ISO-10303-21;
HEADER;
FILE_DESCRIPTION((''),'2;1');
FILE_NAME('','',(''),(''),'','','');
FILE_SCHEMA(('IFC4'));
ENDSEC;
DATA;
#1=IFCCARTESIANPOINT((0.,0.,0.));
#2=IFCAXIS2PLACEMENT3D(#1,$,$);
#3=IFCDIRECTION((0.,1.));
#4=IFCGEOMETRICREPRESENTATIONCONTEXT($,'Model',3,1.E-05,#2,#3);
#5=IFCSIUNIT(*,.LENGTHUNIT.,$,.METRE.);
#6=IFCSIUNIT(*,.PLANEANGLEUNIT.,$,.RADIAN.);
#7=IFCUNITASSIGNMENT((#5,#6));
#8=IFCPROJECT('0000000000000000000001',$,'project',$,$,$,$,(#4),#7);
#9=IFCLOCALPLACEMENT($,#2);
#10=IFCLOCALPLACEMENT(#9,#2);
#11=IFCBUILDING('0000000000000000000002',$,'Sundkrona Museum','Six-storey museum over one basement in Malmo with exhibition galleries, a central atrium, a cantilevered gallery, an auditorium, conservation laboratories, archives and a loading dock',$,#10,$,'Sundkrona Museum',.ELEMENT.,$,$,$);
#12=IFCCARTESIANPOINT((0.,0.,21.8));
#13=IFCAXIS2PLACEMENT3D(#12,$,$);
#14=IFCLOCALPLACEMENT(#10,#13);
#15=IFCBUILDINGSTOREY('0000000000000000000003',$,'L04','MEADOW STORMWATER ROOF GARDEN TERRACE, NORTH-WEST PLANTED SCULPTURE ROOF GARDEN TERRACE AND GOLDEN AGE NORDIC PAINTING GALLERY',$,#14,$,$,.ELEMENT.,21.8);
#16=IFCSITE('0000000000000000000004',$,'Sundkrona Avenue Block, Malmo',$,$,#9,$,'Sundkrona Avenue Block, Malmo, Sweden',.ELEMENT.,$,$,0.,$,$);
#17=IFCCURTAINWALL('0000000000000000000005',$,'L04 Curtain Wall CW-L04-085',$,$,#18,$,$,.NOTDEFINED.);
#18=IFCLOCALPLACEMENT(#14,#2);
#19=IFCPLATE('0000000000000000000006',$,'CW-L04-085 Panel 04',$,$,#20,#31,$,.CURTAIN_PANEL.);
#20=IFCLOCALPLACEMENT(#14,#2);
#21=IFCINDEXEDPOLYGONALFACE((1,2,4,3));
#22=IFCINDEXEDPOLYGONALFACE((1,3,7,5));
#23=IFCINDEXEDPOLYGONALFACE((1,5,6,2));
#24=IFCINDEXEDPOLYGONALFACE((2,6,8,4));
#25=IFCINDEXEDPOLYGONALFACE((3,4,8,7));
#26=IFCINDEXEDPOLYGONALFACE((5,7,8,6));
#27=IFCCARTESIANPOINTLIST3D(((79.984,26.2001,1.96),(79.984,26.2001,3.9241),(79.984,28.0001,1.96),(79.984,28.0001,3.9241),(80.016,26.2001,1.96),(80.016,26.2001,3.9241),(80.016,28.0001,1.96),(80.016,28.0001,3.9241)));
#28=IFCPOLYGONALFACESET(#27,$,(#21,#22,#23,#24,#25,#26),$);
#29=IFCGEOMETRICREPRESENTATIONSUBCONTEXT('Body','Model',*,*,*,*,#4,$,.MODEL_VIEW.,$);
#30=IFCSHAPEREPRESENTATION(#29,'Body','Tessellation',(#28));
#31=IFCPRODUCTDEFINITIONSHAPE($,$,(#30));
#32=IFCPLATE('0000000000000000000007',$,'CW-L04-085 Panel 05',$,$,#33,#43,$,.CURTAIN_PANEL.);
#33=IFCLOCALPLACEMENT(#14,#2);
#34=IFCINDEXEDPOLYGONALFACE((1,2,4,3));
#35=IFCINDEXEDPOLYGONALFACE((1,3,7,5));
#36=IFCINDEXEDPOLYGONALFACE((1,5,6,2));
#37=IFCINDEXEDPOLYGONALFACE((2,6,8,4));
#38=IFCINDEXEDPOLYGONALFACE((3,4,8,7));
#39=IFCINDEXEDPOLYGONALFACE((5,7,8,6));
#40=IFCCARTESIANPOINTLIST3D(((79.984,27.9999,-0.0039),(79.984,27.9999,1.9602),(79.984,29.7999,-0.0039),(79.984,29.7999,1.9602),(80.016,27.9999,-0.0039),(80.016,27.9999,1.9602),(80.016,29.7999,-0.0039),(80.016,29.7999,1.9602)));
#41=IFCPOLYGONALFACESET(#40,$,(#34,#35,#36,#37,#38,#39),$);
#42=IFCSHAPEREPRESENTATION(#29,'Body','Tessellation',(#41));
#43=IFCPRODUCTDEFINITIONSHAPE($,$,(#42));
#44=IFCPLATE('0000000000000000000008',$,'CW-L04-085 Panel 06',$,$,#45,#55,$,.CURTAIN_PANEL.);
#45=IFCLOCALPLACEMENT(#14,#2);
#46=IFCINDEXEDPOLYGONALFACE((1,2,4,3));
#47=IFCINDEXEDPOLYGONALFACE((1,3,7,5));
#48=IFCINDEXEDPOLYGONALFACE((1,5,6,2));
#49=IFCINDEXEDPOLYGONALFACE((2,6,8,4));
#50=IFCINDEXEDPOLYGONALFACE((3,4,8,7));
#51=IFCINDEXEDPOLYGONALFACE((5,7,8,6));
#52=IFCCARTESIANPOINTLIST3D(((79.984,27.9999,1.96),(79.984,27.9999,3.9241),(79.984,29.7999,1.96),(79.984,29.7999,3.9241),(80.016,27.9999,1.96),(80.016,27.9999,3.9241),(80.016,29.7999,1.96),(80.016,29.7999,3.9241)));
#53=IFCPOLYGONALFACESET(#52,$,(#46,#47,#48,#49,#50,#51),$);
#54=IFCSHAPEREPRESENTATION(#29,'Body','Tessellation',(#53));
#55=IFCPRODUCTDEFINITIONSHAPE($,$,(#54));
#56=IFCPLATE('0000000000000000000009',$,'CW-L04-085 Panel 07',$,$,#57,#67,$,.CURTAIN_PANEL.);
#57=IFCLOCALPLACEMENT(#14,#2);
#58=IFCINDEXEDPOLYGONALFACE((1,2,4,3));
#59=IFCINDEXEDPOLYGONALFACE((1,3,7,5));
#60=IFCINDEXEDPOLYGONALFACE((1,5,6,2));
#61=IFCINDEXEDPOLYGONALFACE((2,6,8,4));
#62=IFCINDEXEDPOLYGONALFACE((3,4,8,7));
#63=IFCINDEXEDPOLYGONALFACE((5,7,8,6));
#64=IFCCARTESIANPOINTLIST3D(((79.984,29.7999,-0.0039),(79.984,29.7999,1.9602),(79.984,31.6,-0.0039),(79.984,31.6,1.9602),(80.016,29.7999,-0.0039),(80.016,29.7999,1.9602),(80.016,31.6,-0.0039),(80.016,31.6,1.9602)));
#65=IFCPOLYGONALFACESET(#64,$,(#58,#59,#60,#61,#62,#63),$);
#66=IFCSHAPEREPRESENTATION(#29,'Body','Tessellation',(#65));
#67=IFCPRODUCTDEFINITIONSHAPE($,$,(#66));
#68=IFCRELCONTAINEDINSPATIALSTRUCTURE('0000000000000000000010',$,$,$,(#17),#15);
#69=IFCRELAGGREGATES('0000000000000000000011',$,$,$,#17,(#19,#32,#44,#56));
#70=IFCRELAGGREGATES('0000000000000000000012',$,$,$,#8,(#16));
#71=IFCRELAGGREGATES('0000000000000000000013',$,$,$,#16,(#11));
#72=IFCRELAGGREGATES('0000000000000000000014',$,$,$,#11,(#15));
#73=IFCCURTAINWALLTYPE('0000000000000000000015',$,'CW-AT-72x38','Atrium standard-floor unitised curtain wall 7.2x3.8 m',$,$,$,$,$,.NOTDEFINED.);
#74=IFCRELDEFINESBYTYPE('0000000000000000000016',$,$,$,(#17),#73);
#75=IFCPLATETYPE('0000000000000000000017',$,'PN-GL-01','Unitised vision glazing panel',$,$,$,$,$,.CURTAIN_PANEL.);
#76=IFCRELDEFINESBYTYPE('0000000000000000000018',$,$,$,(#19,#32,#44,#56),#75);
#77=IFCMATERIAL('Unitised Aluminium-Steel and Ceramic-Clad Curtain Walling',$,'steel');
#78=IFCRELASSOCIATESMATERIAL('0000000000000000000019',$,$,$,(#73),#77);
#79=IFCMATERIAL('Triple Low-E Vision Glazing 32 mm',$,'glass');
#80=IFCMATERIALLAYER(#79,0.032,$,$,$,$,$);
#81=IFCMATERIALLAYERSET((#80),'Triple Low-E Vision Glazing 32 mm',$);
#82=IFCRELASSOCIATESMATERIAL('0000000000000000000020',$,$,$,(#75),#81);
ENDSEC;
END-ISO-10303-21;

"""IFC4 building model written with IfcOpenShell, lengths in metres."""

from ifc_helpers import new_model, si_unit, direction, frame, origin, origin_2d, place, context, subcontext, project, spatial, rectangle, extrude, material, layer, layer_set, type_object, element, aggregate, save


model = new_model("IFC4")

# Units and contexts
model_context = context("Model", 3, precision=1e-05, world=origin(), true_north=direction((0.0, 1.0)))
body_context = subcontext(model_context, "Body", "Model", "MODEL_VIEW")
ifc_project = project(units=[si_unit("LENGTHUNIT", "METRE"), si_unit("PLANEANGLEUNIT", "RADIAN")], contexts=[model_context])

# Site, building, storey
site_placement = place(None, origin())
site = spatial("IfcSite", under=ifc_project, at=site_placement, Name="Sundkrona Avenue Block, Malmo", LongName="Sundkrona Avenue Block, Malmo, Sweden", CompositionType="ELEMENT", RefElevation=0.0)
building_placement = place(site_placement, origin())
building = spatial("IfcBuilding", under=site, at=building_placement, Name="Sundkrona Museum", Description="Six-storey museum over one basement in Malmo with exhibition galleries, a central atrium, a cantilevered gallery, an auditorium, conservation laboratories, archives and a loading dock", LongName="Sundkrona Museum", CompositionType="ELEMENT")
storey_placement = place(building_placement, frame((0.0, 0.0, 21.8)))
storey = spatial("IfcBuildingStorey", under=building, at=storey_placement, Name="L04", Description="MEADOW STORMWATER ROOF GARDEN TERRACE, NORTH-WEST PLANTED SCULPTURE ROOF GARDEN TERRACE AND GOLDEN AGE NORDIC PAINTING GALLERY", CompositionType="ELEMENT", Elevation=21.8)

# Curtain wall
ifc_material_1 = material(Name="Unitised Aluminium-Steel and Ceramic-Clad Curtain Walling", Category="steel")
curtain_wall_type = type_object("IfcCurtainWallType", Name="CW-AT-72x38", Description="Atrium standard-floor unitised curtain wall 7.2x3.8 m", PredefinedType="NOTDEFINED", material=ifc_material_1)
curtain_wall_1_placement = place(storey_placement, origin())
curtain_wall_1 = element("IfcCurtainWall", 1, at=curtain_wall_1_placement, inside=storey, type_object=curtain_wall_type, Name="L04 Curtain Wall CW-L04-085", PredefinedType="NOTDEFINED")

# Plates
ifc_material_2 = material(Name="Triple Low-E Vision Glazing 32 mm", Category="glass")
ifc_layer = layer(ifc_material_2, 0.032)
ifc_layer_set = layer_set([ifc_layer], Name="Triple Low-E Vision Glazing 32 mm")
plate_type = type_object("IfcPlateType", Name="PN-GL-01", Description="Unitised vision glazing panel", PredefinedType="CURTAIN_PANEL", material=ifc_layer_set)
plate_1_placement = place(storey_placement, frame((80.0, 27.1001, 1.96), z_axis=(0.0, 0.0, 1.0), x_axis=(0.0, 1.0, 0.0)))
plate_1 = element("IfcPlate", 2, at=plate_1_placement, type_object=plate_type, Name="CW-L04-085 Panel 04", PredefinedType="CURTAIN_PANEL", context=body_context, shape_type="SweptSolid", body=[
    extrude(rectangle(XDim=1.8, YDim=0.032, at=origin_2d()), origin(), (0.0, 0.0, 1.0), 1.9641),
])
plate_2_placement = place(storey_placement, frame((80.0, 28.8999, -0.0039), z_axis=(0.0, 0.0, 1.0), x_axis=(0.0, 1.0, 0.0)))
plate_2 = element("IfcPlate", 3, at=plate_2_placement, type_object=plate_type, Name="CW-L04-085 Panel 05", PredefinedType="CURTAIN_PANEL", context=body_context, shape_type="SweptSolid", body=[
    extrude(rectangle(XDim=1.8, YDim=0.032, at=origin_2d()), origin(), (0.0, 0.0, 1.0), 1.9641),
])
plate_3_placement = place(storey_placement, frame((80.0, 28.8999, 1.96), z_axis=(0.0, 0.0, 1.0), x_axis=(0.0, 1.0, 0.0)))
plate_3 = element("IfcPlate", 4, at=plate_3_placement, type_object=plate_type, Name="CW-L04-085 Panel 06", PredefinedType="CURTAIN_PANEL", context=body_context, shape_type="SweptSolid", body=[
    extrude(rectangle(XDim=1.8, YDim=0.032, at=origin_2d()), origin(), (0.0, 0.0, 1.0), 1.9641),
])
plate_4_placement = place(storey_placement, frame((80.0, 30.7, -0.0039), z_axis=(0.0, 0.0, 1.0), x_axis=(0.0, 1.0, 0.0)))
plate_4 = element("IfcPlate", 5, at=plate_4_placement, type_object=plate_type, Name="CW-L04-085 Panel 07", PredefinedType="CURTAIN_PANEL", context=body_context, shape_type="SweptSolid", body=[
    extrude(rectangle(XDim=1.8, YDim=0.032, at=origin_2d()), origin(), (0.0, 0.0, 1.0), 1.9641),
])
aggregate(curtain_wall_1, [plate_1, plate_2, plate_3, plate_4])

save(model, "model.ifc")
